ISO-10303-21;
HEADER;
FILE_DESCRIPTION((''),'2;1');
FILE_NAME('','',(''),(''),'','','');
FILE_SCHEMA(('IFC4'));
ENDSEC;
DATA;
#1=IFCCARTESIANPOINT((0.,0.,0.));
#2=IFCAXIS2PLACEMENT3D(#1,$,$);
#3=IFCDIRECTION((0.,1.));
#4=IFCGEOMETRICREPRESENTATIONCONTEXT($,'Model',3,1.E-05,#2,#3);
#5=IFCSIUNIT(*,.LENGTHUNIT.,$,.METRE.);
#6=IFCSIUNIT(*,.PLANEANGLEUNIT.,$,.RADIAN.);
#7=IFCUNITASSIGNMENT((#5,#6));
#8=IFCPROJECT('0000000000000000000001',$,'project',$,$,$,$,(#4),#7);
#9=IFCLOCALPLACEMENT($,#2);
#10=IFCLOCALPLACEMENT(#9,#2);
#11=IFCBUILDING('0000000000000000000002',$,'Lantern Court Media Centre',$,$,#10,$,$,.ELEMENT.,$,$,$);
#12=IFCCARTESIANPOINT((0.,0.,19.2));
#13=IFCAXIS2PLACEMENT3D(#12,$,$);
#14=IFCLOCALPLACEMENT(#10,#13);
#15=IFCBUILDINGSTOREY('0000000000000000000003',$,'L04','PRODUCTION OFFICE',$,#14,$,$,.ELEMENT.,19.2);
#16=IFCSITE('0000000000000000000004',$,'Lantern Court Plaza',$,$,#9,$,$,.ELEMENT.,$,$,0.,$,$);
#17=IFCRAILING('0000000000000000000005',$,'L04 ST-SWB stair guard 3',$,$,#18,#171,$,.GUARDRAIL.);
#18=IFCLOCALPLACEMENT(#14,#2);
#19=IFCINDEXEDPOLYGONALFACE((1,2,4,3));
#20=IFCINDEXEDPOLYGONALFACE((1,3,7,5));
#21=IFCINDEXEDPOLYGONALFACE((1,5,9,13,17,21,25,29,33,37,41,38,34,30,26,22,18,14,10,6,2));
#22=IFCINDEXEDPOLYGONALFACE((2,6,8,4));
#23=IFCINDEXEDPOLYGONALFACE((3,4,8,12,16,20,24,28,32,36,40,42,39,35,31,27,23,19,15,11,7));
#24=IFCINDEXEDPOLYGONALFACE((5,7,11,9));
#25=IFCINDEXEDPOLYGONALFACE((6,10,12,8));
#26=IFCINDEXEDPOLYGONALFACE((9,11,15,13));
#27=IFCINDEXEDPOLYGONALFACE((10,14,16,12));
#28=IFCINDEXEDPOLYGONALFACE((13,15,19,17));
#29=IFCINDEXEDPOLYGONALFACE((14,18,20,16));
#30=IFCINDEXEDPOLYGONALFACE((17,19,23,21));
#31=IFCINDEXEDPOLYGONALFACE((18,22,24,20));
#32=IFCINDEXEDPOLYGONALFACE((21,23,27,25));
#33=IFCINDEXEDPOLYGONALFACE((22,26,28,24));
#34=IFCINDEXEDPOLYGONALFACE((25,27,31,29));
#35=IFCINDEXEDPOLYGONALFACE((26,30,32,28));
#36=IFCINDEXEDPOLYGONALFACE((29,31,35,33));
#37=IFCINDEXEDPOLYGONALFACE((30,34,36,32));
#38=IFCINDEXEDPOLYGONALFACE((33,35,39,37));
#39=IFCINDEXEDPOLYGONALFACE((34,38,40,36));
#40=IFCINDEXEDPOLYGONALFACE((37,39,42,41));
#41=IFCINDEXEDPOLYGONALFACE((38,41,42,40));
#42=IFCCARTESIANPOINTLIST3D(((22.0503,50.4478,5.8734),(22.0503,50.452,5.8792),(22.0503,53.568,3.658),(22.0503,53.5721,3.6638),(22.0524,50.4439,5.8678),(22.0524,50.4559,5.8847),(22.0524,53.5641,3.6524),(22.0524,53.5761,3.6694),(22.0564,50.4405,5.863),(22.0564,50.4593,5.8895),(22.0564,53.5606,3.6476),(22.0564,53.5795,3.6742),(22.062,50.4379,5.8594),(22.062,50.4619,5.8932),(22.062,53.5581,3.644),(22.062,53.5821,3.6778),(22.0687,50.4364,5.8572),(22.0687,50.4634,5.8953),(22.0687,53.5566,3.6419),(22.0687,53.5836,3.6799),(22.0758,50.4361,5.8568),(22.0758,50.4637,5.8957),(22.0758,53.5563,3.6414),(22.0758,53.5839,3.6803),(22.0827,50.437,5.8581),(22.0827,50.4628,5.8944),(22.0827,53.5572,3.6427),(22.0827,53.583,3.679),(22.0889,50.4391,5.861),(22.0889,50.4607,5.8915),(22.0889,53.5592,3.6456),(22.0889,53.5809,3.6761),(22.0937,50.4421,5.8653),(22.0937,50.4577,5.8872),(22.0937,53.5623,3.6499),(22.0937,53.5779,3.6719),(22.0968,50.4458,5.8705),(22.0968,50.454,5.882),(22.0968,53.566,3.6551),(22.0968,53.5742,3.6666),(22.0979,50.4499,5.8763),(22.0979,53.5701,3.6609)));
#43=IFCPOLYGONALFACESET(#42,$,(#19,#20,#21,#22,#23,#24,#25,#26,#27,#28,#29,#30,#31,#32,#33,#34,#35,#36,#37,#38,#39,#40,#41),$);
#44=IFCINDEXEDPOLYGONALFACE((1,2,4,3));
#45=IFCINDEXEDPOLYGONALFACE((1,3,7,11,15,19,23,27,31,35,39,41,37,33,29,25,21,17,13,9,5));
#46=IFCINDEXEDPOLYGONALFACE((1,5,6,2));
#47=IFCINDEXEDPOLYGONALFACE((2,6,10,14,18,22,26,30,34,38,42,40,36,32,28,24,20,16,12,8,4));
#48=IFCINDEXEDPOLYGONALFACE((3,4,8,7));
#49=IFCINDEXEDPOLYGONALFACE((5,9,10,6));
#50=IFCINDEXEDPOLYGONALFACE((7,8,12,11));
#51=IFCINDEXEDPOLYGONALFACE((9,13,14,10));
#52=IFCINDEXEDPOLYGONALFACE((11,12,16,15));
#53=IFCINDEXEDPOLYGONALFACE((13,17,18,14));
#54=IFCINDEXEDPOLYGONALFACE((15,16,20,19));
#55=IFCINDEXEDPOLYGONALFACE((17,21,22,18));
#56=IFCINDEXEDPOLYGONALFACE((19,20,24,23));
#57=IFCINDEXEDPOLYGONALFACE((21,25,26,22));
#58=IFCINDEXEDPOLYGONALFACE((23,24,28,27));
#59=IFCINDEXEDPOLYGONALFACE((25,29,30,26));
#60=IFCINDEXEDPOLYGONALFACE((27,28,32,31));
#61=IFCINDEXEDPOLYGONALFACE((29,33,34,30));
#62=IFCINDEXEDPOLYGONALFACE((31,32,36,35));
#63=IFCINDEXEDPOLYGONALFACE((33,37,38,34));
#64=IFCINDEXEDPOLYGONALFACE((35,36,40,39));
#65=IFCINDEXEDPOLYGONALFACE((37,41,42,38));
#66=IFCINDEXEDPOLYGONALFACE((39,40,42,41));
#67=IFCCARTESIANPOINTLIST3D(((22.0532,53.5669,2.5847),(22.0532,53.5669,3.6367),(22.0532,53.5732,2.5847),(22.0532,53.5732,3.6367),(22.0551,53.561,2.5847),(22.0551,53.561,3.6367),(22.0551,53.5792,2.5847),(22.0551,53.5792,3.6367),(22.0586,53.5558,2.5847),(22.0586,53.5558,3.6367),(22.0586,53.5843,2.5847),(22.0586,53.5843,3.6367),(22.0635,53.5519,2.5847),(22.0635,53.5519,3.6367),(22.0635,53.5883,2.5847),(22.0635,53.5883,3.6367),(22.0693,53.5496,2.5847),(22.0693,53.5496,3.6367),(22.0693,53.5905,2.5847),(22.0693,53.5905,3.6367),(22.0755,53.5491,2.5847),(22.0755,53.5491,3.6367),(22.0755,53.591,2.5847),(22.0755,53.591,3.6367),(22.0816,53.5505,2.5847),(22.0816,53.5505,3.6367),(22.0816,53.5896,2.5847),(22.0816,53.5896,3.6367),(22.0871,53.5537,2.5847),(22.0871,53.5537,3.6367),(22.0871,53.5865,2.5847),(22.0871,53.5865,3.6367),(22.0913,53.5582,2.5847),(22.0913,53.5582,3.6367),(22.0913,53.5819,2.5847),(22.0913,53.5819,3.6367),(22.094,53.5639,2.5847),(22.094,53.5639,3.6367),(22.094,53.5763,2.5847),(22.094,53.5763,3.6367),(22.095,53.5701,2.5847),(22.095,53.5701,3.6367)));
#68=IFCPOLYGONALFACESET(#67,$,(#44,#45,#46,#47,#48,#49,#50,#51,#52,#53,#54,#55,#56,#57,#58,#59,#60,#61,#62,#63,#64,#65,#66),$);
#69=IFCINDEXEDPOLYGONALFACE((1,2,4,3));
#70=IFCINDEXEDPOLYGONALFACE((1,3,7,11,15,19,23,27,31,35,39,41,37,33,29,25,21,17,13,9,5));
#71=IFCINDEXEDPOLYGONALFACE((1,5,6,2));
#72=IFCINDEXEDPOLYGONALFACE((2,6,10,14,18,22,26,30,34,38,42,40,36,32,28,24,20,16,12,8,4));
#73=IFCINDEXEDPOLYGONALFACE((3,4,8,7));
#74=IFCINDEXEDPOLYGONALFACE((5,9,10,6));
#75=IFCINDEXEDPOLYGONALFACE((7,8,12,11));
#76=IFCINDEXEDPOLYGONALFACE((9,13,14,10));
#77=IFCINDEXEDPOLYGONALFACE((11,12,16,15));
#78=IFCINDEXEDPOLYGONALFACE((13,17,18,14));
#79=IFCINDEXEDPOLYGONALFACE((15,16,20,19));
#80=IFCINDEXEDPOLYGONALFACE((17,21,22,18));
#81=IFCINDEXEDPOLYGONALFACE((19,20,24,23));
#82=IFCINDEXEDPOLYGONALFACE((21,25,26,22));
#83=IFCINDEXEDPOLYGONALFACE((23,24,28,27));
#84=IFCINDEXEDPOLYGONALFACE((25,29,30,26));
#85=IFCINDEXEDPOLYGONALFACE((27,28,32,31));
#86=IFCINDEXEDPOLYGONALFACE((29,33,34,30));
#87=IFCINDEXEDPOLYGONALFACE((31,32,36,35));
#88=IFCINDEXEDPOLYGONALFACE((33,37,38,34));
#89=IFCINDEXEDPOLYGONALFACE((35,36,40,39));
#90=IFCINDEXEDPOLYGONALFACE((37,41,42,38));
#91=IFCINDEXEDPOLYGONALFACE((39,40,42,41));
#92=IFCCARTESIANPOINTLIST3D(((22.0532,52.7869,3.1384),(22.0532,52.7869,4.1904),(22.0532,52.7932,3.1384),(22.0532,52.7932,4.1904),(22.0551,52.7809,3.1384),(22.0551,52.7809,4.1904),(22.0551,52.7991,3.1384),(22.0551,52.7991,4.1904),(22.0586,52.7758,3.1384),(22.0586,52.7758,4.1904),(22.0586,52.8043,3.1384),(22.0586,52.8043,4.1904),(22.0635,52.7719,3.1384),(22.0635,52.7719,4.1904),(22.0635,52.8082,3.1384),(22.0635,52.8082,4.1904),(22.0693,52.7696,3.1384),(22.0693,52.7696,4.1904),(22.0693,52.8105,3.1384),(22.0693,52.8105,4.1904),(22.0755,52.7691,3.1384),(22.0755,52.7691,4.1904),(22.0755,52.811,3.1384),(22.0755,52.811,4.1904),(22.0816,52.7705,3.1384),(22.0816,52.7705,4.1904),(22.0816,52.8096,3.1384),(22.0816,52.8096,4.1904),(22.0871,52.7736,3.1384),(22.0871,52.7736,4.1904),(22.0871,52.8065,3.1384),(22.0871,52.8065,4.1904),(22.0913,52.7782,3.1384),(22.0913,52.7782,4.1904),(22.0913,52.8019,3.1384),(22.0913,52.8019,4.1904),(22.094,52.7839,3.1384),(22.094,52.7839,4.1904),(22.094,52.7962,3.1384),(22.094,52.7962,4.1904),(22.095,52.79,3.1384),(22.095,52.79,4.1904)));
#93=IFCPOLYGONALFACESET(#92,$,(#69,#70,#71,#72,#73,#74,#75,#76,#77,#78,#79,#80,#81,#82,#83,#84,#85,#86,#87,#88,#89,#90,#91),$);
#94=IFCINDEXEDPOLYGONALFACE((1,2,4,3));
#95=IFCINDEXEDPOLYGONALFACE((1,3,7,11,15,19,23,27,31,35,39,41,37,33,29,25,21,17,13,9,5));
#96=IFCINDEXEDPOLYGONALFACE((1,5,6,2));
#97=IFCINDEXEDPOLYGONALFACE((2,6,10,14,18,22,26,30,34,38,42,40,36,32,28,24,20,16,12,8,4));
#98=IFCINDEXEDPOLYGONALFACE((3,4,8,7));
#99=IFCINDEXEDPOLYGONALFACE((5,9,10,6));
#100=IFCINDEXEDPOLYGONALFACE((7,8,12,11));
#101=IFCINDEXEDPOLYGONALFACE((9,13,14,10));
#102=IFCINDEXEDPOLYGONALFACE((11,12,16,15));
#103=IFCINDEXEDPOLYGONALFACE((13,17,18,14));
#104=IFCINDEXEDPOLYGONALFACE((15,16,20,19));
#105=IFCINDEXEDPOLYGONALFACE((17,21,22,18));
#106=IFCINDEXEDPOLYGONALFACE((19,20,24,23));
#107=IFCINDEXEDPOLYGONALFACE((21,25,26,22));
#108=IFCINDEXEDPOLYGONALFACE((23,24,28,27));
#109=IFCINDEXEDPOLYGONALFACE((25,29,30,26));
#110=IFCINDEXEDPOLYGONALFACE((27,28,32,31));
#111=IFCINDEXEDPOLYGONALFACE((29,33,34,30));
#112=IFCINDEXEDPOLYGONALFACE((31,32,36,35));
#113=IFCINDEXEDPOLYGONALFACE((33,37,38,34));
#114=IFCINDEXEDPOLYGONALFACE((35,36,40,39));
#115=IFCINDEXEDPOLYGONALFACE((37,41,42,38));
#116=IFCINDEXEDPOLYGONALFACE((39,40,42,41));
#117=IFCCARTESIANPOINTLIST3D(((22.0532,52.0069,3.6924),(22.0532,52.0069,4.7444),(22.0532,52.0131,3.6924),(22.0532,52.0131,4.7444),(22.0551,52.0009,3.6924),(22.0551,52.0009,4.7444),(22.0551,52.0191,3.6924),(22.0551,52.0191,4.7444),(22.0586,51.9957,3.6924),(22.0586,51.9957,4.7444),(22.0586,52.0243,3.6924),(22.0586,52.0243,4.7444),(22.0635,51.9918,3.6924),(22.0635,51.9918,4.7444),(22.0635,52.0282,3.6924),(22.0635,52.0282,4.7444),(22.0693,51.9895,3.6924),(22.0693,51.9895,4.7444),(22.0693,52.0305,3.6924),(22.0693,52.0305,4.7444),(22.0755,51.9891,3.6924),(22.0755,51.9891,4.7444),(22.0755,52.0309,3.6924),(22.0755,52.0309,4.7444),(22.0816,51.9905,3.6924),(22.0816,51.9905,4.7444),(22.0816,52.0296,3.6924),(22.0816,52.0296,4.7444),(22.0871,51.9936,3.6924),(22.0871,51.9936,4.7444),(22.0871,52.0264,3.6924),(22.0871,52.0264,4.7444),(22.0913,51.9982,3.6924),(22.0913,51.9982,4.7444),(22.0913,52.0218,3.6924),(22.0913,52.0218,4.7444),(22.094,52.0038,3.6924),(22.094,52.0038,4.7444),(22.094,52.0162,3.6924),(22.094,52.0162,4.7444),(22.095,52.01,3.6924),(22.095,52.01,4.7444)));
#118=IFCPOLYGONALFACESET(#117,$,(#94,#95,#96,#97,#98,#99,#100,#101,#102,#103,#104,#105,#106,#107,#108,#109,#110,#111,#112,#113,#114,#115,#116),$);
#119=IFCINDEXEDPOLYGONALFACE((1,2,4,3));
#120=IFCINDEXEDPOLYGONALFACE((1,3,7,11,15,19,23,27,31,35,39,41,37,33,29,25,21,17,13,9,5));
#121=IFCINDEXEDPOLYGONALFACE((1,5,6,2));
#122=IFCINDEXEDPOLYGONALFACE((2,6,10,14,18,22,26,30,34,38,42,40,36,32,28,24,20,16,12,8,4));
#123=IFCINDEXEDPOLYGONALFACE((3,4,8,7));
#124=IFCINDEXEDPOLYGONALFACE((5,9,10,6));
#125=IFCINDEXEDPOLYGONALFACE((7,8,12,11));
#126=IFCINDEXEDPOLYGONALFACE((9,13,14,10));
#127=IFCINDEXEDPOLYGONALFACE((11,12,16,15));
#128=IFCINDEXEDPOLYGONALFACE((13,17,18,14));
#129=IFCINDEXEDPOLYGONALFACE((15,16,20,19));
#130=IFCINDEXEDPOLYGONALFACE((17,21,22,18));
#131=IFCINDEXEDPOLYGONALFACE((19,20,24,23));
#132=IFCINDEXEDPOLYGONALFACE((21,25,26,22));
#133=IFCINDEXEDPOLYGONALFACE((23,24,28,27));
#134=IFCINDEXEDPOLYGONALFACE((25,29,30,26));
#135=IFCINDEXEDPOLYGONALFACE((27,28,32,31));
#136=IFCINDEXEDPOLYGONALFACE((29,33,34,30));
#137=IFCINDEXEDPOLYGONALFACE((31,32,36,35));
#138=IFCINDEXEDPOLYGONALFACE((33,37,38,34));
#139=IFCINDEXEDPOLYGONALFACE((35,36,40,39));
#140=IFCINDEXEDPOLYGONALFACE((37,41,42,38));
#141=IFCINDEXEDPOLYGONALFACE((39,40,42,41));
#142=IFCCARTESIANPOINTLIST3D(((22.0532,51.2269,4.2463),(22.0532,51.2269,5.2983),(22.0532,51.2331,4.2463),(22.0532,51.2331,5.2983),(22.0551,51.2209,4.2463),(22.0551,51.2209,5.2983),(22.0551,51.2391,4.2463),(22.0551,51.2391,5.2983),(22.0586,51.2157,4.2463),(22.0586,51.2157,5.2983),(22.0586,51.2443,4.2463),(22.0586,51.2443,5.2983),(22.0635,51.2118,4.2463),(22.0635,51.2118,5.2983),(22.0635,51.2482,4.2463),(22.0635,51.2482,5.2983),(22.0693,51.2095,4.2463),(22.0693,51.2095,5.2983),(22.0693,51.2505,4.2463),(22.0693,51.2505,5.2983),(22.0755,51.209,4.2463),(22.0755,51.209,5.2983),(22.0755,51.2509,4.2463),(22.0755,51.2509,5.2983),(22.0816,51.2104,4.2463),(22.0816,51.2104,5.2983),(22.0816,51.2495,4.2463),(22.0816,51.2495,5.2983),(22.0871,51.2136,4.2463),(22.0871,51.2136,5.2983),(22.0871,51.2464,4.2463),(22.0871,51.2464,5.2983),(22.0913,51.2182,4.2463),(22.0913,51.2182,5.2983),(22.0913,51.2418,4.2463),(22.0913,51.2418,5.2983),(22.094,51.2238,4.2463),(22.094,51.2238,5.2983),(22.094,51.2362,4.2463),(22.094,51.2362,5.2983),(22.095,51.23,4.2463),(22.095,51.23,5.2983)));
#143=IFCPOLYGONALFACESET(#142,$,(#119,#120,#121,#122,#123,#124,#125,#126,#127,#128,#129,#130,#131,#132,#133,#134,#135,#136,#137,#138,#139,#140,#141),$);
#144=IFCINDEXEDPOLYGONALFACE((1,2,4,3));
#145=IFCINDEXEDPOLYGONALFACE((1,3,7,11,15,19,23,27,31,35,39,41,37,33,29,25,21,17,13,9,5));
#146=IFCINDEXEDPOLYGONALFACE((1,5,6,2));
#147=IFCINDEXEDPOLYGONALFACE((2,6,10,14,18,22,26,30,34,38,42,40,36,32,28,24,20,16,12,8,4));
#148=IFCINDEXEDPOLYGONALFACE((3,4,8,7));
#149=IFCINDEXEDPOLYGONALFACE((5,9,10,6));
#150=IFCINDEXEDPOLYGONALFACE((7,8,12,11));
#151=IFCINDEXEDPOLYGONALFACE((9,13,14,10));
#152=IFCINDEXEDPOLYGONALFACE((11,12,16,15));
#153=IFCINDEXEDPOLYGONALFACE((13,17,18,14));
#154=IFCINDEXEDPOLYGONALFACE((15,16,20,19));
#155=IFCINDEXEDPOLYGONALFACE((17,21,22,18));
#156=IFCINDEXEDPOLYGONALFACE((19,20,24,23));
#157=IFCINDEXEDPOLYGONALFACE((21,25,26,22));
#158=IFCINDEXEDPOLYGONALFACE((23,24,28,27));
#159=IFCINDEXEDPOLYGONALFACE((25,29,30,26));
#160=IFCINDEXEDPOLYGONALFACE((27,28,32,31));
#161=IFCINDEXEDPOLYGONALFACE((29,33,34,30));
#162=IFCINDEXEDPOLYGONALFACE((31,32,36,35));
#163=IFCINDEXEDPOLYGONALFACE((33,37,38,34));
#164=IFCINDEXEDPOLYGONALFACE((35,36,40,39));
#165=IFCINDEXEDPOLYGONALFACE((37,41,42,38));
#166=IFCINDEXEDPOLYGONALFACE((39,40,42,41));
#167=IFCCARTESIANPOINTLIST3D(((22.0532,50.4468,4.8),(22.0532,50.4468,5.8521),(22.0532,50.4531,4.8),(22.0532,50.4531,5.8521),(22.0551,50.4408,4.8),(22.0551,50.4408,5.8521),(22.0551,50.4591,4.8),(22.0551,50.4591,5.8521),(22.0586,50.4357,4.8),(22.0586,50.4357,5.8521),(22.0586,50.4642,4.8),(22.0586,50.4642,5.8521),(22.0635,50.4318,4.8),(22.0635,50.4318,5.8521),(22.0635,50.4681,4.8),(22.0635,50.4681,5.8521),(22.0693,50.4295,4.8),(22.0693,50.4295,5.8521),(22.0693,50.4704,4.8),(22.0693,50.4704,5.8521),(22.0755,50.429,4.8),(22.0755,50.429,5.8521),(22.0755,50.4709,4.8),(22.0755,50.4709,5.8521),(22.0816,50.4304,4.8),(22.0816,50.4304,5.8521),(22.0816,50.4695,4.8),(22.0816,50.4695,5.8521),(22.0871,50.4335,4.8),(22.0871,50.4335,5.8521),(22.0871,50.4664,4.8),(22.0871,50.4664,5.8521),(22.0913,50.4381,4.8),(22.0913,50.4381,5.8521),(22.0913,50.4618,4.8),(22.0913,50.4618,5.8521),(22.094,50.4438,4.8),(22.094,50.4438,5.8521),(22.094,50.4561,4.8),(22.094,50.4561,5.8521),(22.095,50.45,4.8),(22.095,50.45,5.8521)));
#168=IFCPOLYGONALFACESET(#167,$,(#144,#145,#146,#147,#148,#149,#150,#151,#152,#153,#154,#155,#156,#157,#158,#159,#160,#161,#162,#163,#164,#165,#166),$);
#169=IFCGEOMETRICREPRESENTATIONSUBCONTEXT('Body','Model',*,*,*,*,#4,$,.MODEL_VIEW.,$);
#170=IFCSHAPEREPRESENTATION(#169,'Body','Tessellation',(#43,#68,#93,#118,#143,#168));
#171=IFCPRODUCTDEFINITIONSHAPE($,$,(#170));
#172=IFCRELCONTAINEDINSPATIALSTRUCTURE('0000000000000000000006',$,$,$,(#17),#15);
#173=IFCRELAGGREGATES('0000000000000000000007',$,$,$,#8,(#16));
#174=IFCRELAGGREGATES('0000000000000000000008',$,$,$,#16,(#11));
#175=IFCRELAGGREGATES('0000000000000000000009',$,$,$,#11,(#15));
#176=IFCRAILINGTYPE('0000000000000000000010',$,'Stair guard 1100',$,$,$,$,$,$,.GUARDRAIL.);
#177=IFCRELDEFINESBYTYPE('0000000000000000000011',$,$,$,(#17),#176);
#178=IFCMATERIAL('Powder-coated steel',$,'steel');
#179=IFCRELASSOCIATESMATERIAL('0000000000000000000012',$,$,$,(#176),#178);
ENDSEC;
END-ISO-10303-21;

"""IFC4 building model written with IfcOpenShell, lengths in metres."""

from ifc_helpers import new_model, si_unit, direction, frame, origin, origin_2d, place, context, subcontext, project, spatial, circle, extrude, material, type_object, element, save


model = new_model("IFC4")

# Units and contexts
model_context = context("Model", 3, precision=1e-05, world=origin(), true_north=direction((0.0, 1.0)))
body_context = subcontext(model_context, "Body", "Model", "MODEL_VIEW")
ifc_project = project(units=[si_unit("LENGTHUNIT", "METRE"), si_unit("PLANEANGLEUNIT", "RADIAN")], contexts=[model_context])

# Site, building, storey
site_placement = place(None, origin())
site = spatial("IfcSite", under=ifc_project, at=site_placement, Name="Lantern Court Plaza", CompositionType="ELEMENT", RefElevation=0.0)
building_placement = place(site_placement, origin())
building = spatial("IfcBuilding", under=site, at=building_placement, Name="Lantern Court Media Centre", CompositionType="ELEMENT")
storey_placement = place(building_placement, frame((0.0, 0.0, 19.2)))
storey = spatial("IfcBuildingStorey", under=building, at=storey_placement, Name="L04", Description="PRODUCTION OFFICE", CompositionType="ELEMENT", Elevation=19.2)

# Railing
ifc_material_1 = material(Name="Powder-coated steel", Category="steel")
railing_type_1 = type_object("IfcRailingType", Name="Stair guard 1100", PredefinedType="GUARDRAIL", material=ifc_material_1)
railing_1_placement = place(storey_placement, frame((22.074, 53.5701, 2.5847)))
element("IfcRailing", 1, at=railing_1_placement, inside=storey, type_object=railing_type_1, Name="L04 ST-SWB stair guard 3", PredefinedType="GUARDRAIL", context=body_context, shape_type="SweptSolid", body=[
    extrude(circle(Radius=0.0239, at=origin_2d()), frame((0.0, 0.0, 1.0762), z_axis=(0.0, -0.815377, 0.57893), x_axis=(1.0, 0.0, 0.0)), (0.0, 0.0, 1.0), 3.8267),
    extrude(circle(Radius=0.021, at=origin_2d()), origin(), (0.0, 0.0, 1.0), 1.052),
    extrude(circle(Radius=0.021, at=origin_2d()), frame((0.0, -0.78, 0.5537)), (0.0, 0.0, 1.0), 1.052),
    extrude(circle(Radius=0.021, at=origin_2d()), frame((0.0, -1.5601, 1.1077)), (0.0, 0.0, 1.0), 1.052),
    extrude(circle(Radius=0.021, at=origin_2d()), frame((0.0, -2.3401, 1.6616)), (0.0, 0.0, 1.0), 1.052),
    extrude(circle(Radius=0.021, at=origin_2d()), frame((0.0, -3.1201, 2.2153)), (0.0, 0.0, 1.0), 1.052),
])

save(model, "model.ifc")
